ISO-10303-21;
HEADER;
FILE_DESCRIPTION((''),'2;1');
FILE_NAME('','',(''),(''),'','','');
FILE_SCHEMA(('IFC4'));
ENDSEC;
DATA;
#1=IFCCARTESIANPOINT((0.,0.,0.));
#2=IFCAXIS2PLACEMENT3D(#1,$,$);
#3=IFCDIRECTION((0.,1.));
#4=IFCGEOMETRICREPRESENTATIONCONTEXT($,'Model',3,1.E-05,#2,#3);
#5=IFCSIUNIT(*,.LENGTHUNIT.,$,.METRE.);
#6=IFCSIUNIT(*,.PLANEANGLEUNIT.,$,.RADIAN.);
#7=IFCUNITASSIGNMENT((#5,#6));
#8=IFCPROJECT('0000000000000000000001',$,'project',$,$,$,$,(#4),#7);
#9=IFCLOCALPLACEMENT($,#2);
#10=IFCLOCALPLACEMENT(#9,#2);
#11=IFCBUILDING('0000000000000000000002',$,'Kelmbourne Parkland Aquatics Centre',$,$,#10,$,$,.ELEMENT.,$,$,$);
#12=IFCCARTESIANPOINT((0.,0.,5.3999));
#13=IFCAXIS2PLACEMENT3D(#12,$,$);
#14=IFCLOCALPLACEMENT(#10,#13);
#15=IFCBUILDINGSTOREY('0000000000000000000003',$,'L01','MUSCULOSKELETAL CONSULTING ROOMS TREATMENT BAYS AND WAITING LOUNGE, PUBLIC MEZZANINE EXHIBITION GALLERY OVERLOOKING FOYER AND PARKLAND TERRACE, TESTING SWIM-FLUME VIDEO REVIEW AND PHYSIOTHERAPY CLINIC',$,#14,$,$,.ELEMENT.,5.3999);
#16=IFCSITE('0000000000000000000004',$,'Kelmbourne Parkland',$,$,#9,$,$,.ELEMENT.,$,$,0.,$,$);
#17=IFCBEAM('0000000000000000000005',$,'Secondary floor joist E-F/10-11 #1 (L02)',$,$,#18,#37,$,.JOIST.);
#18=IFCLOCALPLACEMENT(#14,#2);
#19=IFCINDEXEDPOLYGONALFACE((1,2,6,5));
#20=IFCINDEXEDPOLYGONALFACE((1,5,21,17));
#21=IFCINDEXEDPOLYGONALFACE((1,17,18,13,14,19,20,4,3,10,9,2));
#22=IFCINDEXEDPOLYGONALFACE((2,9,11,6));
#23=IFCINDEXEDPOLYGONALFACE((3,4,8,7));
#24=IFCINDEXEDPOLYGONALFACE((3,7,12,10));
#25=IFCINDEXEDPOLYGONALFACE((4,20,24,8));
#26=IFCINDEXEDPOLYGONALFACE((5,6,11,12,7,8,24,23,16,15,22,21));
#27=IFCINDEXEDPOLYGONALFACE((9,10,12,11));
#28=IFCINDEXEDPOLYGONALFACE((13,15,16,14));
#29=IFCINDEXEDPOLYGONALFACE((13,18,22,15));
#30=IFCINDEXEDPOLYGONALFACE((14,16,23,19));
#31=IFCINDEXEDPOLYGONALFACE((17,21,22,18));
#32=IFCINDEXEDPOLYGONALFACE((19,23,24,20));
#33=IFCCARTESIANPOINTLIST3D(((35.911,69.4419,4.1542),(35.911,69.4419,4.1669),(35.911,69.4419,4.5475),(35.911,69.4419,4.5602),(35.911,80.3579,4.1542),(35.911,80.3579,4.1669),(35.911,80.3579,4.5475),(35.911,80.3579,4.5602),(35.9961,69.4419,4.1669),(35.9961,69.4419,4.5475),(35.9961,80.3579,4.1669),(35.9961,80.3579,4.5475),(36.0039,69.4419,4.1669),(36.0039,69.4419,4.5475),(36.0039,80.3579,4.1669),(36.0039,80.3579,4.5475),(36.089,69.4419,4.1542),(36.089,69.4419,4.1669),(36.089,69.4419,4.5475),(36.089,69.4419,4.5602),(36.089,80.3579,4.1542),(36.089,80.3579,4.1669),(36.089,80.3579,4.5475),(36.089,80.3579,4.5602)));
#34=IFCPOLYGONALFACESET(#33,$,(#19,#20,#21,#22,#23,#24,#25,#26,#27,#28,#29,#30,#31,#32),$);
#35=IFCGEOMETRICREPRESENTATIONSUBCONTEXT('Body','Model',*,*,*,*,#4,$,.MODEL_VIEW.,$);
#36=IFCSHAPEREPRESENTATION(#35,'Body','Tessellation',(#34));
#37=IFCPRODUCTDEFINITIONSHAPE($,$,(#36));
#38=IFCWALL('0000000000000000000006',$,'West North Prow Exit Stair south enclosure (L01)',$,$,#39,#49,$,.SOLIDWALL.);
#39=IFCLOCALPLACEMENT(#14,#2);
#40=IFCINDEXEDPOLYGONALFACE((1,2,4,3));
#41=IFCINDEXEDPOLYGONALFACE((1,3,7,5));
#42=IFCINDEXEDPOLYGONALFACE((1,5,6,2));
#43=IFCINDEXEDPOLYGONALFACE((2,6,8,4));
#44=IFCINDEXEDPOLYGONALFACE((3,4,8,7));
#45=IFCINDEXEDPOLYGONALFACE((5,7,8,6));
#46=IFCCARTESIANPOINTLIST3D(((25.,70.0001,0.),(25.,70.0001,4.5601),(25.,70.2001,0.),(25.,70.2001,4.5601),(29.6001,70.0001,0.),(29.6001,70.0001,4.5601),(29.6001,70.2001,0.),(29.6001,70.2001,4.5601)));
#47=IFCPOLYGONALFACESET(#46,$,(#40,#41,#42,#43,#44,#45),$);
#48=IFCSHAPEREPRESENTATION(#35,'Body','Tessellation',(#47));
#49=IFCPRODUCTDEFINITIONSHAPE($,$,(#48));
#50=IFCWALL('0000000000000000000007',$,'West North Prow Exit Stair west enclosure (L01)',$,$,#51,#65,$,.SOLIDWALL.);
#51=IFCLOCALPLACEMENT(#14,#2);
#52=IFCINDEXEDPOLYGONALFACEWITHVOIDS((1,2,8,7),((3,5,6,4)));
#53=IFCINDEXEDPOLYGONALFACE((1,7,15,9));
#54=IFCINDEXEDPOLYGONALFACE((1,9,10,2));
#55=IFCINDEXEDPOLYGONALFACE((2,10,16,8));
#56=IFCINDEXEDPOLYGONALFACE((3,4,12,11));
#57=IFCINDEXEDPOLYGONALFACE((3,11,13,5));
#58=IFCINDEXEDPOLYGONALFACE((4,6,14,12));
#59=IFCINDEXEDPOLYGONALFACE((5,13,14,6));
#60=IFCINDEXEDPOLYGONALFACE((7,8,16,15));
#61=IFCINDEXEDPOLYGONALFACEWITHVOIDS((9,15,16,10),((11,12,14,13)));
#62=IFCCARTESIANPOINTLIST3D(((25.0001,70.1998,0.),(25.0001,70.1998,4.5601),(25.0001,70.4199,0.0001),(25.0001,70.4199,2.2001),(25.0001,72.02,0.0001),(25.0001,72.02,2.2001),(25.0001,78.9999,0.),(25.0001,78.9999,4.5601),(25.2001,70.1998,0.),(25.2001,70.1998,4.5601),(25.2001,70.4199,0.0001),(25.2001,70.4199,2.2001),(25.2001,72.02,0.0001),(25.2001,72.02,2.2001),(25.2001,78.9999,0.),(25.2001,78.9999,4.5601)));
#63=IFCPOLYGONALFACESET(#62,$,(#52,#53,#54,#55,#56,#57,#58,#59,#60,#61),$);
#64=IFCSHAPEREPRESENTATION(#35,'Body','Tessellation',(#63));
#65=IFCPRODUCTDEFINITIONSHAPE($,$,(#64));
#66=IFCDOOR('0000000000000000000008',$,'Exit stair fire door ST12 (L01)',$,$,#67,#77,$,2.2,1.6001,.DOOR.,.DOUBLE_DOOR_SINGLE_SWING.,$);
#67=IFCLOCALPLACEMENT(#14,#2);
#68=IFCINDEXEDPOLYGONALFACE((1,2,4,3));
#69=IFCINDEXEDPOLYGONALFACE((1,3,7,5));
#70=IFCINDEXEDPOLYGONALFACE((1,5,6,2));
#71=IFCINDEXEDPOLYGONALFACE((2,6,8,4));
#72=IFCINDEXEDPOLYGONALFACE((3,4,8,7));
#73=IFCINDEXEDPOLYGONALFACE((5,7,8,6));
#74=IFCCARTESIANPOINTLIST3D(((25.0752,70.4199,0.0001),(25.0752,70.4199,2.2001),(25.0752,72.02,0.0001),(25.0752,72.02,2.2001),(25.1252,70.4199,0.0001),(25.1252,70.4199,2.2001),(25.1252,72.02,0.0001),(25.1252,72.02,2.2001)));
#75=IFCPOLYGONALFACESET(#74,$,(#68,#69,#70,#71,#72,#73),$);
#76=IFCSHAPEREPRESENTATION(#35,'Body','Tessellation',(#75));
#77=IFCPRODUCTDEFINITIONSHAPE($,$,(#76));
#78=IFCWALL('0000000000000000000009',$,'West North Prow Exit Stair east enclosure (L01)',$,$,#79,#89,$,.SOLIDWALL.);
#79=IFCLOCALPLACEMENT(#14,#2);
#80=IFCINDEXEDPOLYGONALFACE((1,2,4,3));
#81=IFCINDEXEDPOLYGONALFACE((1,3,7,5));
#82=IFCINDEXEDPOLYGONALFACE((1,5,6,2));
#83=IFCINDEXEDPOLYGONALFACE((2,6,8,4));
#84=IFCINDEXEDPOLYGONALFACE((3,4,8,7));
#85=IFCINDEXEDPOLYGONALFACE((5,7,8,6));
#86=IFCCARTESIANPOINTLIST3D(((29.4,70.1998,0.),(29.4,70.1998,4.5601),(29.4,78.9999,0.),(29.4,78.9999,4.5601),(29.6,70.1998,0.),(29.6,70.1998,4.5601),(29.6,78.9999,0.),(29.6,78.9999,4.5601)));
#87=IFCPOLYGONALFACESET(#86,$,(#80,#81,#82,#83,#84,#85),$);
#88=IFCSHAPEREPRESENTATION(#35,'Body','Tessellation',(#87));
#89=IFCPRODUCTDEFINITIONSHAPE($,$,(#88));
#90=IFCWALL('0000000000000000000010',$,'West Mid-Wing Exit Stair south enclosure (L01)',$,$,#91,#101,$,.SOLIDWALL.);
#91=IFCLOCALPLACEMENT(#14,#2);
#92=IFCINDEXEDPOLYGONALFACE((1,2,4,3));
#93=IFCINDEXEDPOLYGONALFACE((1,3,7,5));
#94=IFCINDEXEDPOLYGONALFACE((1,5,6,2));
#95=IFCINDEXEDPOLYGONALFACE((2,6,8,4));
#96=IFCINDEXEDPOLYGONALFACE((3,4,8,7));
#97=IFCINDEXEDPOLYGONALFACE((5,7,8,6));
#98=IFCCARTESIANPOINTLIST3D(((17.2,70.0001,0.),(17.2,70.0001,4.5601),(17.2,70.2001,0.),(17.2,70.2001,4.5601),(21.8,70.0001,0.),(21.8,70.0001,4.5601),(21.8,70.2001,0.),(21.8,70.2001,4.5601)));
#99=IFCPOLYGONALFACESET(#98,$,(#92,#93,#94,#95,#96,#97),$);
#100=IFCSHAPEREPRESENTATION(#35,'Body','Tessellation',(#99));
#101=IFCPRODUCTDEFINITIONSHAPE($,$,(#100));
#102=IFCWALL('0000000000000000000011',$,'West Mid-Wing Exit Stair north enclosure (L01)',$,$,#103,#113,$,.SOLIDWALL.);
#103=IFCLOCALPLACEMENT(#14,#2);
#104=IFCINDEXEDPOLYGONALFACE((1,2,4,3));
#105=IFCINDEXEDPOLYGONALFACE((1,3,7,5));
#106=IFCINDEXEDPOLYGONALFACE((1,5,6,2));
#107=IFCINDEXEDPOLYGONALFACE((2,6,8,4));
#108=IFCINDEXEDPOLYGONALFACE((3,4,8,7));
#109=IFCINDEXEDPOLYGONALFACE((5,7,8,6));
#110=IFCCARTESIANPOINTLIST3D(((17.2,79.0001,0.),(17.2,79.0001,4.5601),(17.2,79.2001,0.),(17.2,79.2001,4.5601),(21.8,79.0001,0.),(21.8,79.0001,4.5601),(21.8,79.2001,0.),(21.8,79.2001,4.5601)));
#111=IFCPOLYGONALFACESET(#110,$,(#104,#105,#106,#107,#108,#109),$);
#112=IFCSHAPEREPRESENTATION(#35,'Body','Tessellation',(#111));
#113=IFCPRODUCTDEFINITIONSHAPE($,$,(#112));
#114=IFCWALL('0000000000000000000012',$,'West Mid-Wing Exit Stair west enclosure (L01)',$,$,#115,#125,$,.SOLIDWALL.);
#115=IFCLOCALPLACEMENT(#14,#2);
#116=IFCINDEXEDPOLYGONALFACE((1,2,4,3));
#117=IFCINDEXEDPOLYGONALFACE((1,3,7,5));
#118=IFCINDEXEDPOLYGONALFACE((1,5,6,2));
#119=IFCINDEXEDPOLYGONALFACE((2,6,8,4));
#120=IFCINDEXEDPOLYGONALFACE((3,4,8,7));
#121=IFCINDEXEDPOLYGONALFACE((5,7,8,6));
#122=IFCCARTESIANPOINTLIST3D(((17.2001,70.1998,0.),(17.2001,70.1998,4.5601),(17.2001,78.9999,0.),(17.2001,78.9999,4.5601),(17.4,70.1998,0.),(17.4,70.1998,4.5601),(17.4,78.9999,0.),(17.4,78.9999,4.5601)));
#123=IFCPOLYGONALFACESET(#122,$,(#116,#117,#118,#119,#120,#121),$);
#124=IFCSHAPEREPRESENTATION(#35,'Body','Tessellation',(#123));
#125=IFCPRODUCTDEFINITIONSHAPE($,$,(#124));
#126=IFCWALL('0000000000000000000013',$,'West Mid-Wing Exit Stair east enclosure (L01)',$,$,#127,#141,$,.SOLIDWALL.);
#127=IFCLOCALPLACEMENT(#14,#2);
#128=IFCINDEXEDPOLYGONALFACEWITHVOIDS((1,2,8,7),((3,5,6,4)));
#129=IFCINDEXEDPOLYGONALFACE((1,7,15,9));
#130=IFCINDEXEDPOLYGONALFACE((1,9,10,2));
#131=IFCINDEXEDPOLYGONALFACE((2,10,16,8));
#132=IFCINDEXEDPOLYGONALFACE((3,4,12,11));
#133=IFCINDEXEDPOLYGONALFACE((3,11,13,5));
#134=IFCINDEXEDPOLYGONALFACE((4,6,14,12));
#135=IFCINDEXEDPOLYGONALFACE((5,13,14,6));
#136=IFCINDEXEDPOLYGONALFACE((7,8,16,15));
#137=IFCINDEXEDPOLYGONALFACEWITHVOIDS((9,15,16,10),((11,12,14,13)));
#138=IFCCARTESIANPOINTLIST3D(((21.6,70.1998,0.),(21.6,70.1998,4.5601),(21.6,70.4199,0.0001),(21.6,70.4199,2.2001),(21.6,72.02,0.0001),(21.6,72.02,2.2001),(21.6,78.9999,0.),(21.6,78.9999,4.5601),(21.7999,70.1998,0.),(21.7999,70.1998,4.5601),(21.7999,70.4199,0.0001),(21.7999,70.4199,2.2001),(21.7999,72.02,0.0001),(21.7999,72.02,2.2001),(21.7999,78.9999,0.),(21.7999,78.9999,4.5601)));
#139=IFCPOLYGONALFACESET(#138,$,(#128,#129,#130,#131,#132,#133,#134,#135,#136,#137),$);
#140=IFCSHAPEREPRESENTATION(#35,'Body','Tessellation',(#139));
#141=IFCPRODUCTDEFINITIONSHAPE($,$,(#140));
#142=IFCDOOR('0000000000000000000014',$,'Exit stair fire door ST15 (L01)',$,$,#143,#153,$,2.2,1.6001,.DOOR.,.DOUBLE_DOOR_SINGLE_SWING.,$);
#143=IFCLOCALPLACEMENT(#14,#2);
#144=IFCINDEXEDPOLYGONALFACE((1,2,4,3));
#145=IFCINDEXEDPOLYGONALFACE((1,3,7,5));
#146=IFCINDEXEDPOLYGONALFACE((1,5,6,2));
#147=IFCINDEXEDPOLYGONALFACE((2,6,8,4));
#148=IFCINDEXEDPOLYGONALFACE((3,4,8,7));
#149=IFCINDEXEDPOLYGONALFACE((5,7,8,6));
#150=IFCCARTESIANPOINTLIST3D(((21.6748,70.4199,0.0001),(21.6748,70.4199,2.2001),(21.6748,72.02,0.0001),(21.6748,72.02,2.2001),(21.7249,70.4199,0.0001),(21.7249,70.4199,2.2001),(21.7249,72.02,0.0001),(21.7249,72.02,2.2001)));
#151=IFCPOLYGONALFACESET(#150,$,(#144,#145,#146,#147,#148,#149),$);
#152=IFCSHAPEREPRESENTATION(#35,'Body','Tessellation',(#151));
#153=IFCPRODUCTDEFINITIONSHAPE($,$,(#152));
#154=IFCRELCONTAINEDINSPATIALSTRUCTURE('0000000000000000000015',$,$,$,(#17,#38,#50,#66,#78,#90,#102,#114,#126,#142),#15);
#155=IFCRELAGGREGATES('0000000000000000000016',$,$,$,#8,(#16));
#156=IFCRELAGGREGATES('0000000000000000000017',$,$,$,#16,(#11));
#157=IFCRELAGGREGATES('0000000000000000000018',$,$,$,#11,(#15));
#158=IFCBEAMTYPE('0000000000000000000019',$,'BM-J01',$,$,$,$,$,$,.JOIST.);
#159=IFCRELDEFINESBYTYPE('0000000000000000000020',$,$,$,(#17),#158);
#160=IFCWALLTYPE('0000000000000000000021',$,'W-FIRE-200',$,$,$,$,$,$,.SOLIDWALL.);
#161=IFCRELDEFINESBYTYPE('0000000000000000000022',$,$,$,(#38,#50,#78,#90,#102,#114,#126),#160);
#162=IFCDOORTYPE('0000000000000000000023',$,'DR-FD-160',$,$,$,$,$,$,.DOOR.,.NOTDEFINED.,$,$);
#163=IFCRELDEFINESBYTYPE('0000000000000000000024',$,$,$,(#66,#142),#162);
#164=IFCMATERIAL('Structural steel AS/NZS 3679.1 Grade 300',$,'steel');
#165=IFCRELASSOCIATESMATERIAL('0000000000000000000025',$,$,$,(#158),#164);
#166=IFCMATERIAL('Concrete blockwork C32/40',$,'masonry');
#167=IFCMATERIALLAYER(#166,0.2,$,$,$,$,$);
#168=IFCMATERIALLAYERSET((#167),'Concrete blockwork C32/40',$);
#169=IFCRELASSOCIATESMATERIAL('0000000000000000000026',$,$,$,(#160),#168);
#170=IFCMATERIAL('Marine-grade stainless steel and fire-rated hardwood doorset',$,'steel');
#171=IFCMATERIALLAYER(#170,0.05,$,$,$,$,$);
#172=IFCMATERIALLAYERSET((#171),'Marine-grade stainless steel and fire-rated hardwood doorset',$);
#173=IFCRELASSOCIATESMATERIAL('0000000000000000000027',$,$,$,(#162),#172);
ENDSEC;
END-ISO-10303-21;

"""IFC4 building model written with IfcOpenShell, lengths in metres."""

from ifc_helpers import new_model, si_unit, direction, frame, frame_2d, origin, origin_2d, place, context, subcontext, project, spatial, rectangle, i_section, extrude, material, layer, layer_set, material_profile, profile_set, type_object, element, fill, save


model = new_model("IFC4")

# Units and contexts
model_context = context("Model", 3, precision=1e-05, world=origin(), true_north=direction((0.0, 1.0)))
body_context = subcontext(model_context, "Body", "Model", "MODEL_VIEW")
ifc_project = project(units=[si_unit("LENGTHUNIT", "METRE"), si_unit("PLANEANGLEUNIT", "RADIAN")], contexts=[model_context])

# Site, building, storey
site_placement = place(None, origin())
site = spatial("IfcSite", under=ifc_project, at=site_placement, Name="Kelmbourne Parkland", CompositionType="ELEMENT", RefElevation=0.0)
building_placement = place(site_placement, origin())
building = spatial("IfcBuilding", under=site, at=building_placement, Name="Kelmbourne Parkland Aquatics Centre", CompositionType="ELEMENT")
storey_placement = place(building_placement, frame((0.0, 0.0, 5.3999)))
storey = spatial("IfcBuildingStorey", under=building, at=storey_placement, Name="L01", Description="MUSCULOSKELETAL CONSULTING ROOMS TREATMENT BAYS AND WAITING LOUNGE, PUBLIC MEZZANINE EXHIBITION GALLERY OVERLOOKING FOYER AND PARKLAND TERRACE, TESTING SWIM-FLUME VIDEO REVIEW AND PHYSIOTHERAPY CLINIC", CompositionType="ELEMENT", Elevation=5.3999)

# Beam
ifc_material_1 = material(Name="Structural steel AS/NZS 3679.1 Grade 300", Category="steel")
ifc_material_profile_1 = material_profile(ifc_material_1, i_section(OverallWidth=0.178, OverallDepth=0.406, WebThickness=0.0078, FlangeThickness=0.0127, at=origin_2d()), Name="410UB59.7")
ifc_profile_set_1 = profile_set([ifc_material_profile_1], Name="Structural steel AS/NZS 3679.1 Grade 300")
beam_type_1 = type_object("IfcBeamType", Name="BM-J01", PredefinedType="JOIST", material=ifc_profile_set_1)
for number, where, z_axis, x_axis, name in (
    (1, (36.0, 69.4419, 4.3572), (0.0, 1.0, 0.0), (-1.0, 0.0, 0.0), "Secondary floor joist E-F/10-11 #1 (L02)"),
):
    element("IfcBeam", number, at=place(storey_placement, frame(where, z_axis=z_axis, x_axis=x_axis)), inside=storey, type_object=beam_type_1, Name=name, PredefinedType="JOIST", context=body_context, shape_type="SweptSolid", body=[
        extrude(i_section(OverallWidth=0.178, OverallDepth=0.406, WebThickness=0.0078, FlangeThickness=0.0127, at=origin_2d()), origin(), (0.0, 0.0, 1.0), 10.916),
    ])

# Wall
ifc_material_2 = material(Name="Concrete blockwork C32/40", Category="masonry")
ifc_layer_1 = layer(ifc_material_2, 0.2)
ifc_layer_set_1 = layer_set([ifc_layer_1], Name="Concrete blockwork C32/40")
wall_type = type_object("IfcWallType", Name="W-FIRE-200", PredefinedType="SOLIDWALL", material=ifc_layer_set_1)
wall_1_placement = place(storey_placement, frame((25.0, 70.1001, 0.0), z_axis=(0.0, 0.0, 1.0), x_axis=(1.0, 0.0, 0.0)))
element("IfcWall", 2, at=wall_1_placement, inside=storey, type_object=wall_type, Name="West North Prow Exit Stair south enclosure (L01)", PredefinedType="SOLIDWALL", context=body_context, shape_type="SweptSolid", body=[
    extrude(rectangle(XDim=4.6001, YDim=0.2, at=frame_2d((2.3, 0.0))), origin(), (0.0, 0.0, 1.0), 4.5601),
])

# Wall, opening, door
wall_2_placement = place(storey_placement, frame((25.1001, 70.2, 0.0), z_axis=(0.0, 0.0, 1.0), x_axis=(0.0, 1.0, 0.0)))
wall_2 = element("IfcWall", 3, at=wall_2_placement, inside=storey, type_object=wall_type, Name="West North Prow Exit Stair west enclosure (L01)", PredefinedType="SOLIDWALL", context=body_context, shape_type="SweptSolid", body=[
    extrude(rectangle(XDim=8.8, YDim=0.2, at=frame_2d((4.3999, 0.0))), origin(), (0.0, 0.0, 1.0), 4.5601),
])
opening_1_placement = place(wall_2_placement, frame((0.22, 0.0, 0.0)))
opening_1 = element("IfcOpeningElement", 4, at=opening_1_placement, cuts=wall_2, PredefinedType="OPENING", context=body_context, shape_type="SweptSolid", body=[
    extrude(rectangle(XDim=1.6001, YDim=2.2, at=frame_2d((0.8, 1.1001))), frame((0.0, 0.1118, 0.0), z_axis=(0.0, -1.0, 0.0), x_axis=(1.0, 0.0, 0.0)), (0.0, 0.0, 1.0), 0.2239),
])
ifc_material_3 = material(Name="Marine-grade stainless steel and fire-rated hardwood doorset", Category="steel")
ifc_layer_2 = layer(ifc_material_3, 0.05)
ifc_layer_set_2 = layer_set([ifc_layer_2], Name="Marine-grade stainless steel and fire-rated hardwood doorset")
door_type = type_object("IfcDoorType", Name="DR-FD-160", OperationType="NOTDEFINED", PredefinedType="DOOR", material=ifc_layer_set_2)
door_1_placement = place(opening_1_placement, origin())
door_1 = element("IfcDoor", 5, at=door_1_placement, inside=storey, type_object=door_type, Name="Exit stair fire door ST12 (L01)", OperationType="DOUBLE_DOOR_SINGLE_SWING", OverallHeight=2.2, OverallWidth=1.6001, PredefinedType="DOOR", context=body_context, shape_type="SweptSolid", body=[
    extrude(rectangle(XDim=1.6001, YDim=2.2, at=frame_2d((0.8, 1.1001))), frame((0.0, 0.0249, 0.0), z_axis=(0.0, -1.0, 0.0), x_axis=(1.0, 0.0, 0.0)), (0.0, 0.0, 1.0), 0.05),
])
fill(opening_1, door_1)

# Walls
wall_3_placement = place(storey_placement, frame((29.5, 70.2, 0.0), z_axis=(0.0, 0.0, 1.0), x_axis=(0.0, 1.0, 0.0)))
element("IfcWall", 6, at=wall_3_placement, inside=storey, type_object=wall_type, Name="West North Prow Exit Stair east enclosure (L01)", PredefinedType="SOLIDWALL", context=body_context, shape_type="SweptSolid", body=[
    extrude(rectangle(XDim=8.8, YDim=0.2, at=frame_2d((4.3999, 0.0))), origin(), (0.0, 0.0, 1.0), 4.5601),
])
for number, where, z_axis, x_axis, name in (
    (7, (17.2, 70.1001, 0.0), (0.0, 0.0, 1.0), (1.0, 0.0, 0.0), "West Mid-Wing Exit Stair south enclosure (L01)"),
    (8, (17.2, 79.1001, 0.0), (0.0, 0.0, 1.0), (1.0, 0.0, 0.0), "West Mid-Wing Exit Stair north enclosure (L01)"),
):
    element("IfcWall", number, at=place(storey_placement, frame(where, z_axis=z_axis, x_axis=x_axis)), inside=storey, type_object=wall_type, Name=name, PredefinedType="SOLIDWALL", context=body_context, shape_type="SweptSolid", body=[
        extrude(rectangle(XDim=4.6001, YDim=0.2, at=frame_2d((2.3, 0.0))), origin(), (0.0, 0.0, 1.0), 4.5601),
    ])
wall_4_placement = place(storey_placement, frame((17.3, 70.2, 0.0), z_axis=(0.0, 0.0, 1.0), x_axis=(0.0, 1.0, 0.0)))
element("IfcWall", 9, at=wall_4_placement, inside=storey, type_object=wall_type, Name="West Mid-Wing Exit Stair west enclosure (L01)", PredefinedType="SOLIDWALL", context=body_context, shape_type="SweptSolid", body=[
    extrude(rectangle(XDim=8.8, YDim=0.2, at=frame_2d((4.3999, 0.0))), origin(), (0.0, 0.0, 1.0), 4.5601),
])

# Wall, opening, door
wall_5_placement = place(storey_placement, frame((21.7, 70.2, 0.0), z_axis=(0.0, 0.0, 1.0), x_axis=(0.0, 1.0, 0.0)))
wall_5 = element("IfcWall", 10, at=wall_5_placement, inside=storey, type_object=wall_type, Name="West Mid-Wing Exit Stair east enclosure (L01)", PredefinedType="SOLIDWALL", context=body_context, shape_type="SweptSolid", body=[
    extrude(rectangle(XDim=8.8, YDim=0.2, at=frame_2d((4.3999, 0.0))), origin(), (0.0, 0.0, 1.0), 4.5601),
])
opening_2_placement = place(wall_5_placement, frame((0.22, 0.0, 0.0)))
opening_2 = element("IfcOpeningElement", 11, at=opening_2_placement, cuts=wall_5, PredefinedType="OPENING", context=body_context, shape_type="SweptSolid", body=[
    extrude(rectangle(XDim=1.6001, YDim=2.2, at=frame_2d((0.8, 1.1001))), frame((0.0, 0.1118, 0.0), z_axis=(0.0, -1.0, 0.0), x_axis=(1.0, 0.0, 0.0)), (0.0, 0.0, 1.0), 0.2239),
])
door_2_placement = place(opening_2_placement, frame((1.6001, 0.0, 0.0), z_axis=(0.0, 0.0, 1.0), x_axis=(-1.0, 0.0, 0.0)))
door_2 = element("IfcDoor", 12, at=door_2_placement, inside=storey, type_object=door_type, Name="Exit stair fire door ST15 (L01)", OperationType="DOUBLE_DOOR_SINGLE_SWING", OverallHeight=2.2, OverallWidth=1.6001, PredefinedType="DOOR", context=body_context, shape_type="SweptSolid", body=[
    extrude(rectangle(XDim=1.6001, YDim=2.2, at=frame_2d((0.8, 1.1001))), frame((0.0, 0.0249, 0.0), z_axis=(0.0, -1.0, 0.0), x_axis=(1.0, 0.0, 0.0)), (0.0, 0.0, 1.0), 0.05),
])
fill(opening_2, door_2)

save(model, "model.ifc")
